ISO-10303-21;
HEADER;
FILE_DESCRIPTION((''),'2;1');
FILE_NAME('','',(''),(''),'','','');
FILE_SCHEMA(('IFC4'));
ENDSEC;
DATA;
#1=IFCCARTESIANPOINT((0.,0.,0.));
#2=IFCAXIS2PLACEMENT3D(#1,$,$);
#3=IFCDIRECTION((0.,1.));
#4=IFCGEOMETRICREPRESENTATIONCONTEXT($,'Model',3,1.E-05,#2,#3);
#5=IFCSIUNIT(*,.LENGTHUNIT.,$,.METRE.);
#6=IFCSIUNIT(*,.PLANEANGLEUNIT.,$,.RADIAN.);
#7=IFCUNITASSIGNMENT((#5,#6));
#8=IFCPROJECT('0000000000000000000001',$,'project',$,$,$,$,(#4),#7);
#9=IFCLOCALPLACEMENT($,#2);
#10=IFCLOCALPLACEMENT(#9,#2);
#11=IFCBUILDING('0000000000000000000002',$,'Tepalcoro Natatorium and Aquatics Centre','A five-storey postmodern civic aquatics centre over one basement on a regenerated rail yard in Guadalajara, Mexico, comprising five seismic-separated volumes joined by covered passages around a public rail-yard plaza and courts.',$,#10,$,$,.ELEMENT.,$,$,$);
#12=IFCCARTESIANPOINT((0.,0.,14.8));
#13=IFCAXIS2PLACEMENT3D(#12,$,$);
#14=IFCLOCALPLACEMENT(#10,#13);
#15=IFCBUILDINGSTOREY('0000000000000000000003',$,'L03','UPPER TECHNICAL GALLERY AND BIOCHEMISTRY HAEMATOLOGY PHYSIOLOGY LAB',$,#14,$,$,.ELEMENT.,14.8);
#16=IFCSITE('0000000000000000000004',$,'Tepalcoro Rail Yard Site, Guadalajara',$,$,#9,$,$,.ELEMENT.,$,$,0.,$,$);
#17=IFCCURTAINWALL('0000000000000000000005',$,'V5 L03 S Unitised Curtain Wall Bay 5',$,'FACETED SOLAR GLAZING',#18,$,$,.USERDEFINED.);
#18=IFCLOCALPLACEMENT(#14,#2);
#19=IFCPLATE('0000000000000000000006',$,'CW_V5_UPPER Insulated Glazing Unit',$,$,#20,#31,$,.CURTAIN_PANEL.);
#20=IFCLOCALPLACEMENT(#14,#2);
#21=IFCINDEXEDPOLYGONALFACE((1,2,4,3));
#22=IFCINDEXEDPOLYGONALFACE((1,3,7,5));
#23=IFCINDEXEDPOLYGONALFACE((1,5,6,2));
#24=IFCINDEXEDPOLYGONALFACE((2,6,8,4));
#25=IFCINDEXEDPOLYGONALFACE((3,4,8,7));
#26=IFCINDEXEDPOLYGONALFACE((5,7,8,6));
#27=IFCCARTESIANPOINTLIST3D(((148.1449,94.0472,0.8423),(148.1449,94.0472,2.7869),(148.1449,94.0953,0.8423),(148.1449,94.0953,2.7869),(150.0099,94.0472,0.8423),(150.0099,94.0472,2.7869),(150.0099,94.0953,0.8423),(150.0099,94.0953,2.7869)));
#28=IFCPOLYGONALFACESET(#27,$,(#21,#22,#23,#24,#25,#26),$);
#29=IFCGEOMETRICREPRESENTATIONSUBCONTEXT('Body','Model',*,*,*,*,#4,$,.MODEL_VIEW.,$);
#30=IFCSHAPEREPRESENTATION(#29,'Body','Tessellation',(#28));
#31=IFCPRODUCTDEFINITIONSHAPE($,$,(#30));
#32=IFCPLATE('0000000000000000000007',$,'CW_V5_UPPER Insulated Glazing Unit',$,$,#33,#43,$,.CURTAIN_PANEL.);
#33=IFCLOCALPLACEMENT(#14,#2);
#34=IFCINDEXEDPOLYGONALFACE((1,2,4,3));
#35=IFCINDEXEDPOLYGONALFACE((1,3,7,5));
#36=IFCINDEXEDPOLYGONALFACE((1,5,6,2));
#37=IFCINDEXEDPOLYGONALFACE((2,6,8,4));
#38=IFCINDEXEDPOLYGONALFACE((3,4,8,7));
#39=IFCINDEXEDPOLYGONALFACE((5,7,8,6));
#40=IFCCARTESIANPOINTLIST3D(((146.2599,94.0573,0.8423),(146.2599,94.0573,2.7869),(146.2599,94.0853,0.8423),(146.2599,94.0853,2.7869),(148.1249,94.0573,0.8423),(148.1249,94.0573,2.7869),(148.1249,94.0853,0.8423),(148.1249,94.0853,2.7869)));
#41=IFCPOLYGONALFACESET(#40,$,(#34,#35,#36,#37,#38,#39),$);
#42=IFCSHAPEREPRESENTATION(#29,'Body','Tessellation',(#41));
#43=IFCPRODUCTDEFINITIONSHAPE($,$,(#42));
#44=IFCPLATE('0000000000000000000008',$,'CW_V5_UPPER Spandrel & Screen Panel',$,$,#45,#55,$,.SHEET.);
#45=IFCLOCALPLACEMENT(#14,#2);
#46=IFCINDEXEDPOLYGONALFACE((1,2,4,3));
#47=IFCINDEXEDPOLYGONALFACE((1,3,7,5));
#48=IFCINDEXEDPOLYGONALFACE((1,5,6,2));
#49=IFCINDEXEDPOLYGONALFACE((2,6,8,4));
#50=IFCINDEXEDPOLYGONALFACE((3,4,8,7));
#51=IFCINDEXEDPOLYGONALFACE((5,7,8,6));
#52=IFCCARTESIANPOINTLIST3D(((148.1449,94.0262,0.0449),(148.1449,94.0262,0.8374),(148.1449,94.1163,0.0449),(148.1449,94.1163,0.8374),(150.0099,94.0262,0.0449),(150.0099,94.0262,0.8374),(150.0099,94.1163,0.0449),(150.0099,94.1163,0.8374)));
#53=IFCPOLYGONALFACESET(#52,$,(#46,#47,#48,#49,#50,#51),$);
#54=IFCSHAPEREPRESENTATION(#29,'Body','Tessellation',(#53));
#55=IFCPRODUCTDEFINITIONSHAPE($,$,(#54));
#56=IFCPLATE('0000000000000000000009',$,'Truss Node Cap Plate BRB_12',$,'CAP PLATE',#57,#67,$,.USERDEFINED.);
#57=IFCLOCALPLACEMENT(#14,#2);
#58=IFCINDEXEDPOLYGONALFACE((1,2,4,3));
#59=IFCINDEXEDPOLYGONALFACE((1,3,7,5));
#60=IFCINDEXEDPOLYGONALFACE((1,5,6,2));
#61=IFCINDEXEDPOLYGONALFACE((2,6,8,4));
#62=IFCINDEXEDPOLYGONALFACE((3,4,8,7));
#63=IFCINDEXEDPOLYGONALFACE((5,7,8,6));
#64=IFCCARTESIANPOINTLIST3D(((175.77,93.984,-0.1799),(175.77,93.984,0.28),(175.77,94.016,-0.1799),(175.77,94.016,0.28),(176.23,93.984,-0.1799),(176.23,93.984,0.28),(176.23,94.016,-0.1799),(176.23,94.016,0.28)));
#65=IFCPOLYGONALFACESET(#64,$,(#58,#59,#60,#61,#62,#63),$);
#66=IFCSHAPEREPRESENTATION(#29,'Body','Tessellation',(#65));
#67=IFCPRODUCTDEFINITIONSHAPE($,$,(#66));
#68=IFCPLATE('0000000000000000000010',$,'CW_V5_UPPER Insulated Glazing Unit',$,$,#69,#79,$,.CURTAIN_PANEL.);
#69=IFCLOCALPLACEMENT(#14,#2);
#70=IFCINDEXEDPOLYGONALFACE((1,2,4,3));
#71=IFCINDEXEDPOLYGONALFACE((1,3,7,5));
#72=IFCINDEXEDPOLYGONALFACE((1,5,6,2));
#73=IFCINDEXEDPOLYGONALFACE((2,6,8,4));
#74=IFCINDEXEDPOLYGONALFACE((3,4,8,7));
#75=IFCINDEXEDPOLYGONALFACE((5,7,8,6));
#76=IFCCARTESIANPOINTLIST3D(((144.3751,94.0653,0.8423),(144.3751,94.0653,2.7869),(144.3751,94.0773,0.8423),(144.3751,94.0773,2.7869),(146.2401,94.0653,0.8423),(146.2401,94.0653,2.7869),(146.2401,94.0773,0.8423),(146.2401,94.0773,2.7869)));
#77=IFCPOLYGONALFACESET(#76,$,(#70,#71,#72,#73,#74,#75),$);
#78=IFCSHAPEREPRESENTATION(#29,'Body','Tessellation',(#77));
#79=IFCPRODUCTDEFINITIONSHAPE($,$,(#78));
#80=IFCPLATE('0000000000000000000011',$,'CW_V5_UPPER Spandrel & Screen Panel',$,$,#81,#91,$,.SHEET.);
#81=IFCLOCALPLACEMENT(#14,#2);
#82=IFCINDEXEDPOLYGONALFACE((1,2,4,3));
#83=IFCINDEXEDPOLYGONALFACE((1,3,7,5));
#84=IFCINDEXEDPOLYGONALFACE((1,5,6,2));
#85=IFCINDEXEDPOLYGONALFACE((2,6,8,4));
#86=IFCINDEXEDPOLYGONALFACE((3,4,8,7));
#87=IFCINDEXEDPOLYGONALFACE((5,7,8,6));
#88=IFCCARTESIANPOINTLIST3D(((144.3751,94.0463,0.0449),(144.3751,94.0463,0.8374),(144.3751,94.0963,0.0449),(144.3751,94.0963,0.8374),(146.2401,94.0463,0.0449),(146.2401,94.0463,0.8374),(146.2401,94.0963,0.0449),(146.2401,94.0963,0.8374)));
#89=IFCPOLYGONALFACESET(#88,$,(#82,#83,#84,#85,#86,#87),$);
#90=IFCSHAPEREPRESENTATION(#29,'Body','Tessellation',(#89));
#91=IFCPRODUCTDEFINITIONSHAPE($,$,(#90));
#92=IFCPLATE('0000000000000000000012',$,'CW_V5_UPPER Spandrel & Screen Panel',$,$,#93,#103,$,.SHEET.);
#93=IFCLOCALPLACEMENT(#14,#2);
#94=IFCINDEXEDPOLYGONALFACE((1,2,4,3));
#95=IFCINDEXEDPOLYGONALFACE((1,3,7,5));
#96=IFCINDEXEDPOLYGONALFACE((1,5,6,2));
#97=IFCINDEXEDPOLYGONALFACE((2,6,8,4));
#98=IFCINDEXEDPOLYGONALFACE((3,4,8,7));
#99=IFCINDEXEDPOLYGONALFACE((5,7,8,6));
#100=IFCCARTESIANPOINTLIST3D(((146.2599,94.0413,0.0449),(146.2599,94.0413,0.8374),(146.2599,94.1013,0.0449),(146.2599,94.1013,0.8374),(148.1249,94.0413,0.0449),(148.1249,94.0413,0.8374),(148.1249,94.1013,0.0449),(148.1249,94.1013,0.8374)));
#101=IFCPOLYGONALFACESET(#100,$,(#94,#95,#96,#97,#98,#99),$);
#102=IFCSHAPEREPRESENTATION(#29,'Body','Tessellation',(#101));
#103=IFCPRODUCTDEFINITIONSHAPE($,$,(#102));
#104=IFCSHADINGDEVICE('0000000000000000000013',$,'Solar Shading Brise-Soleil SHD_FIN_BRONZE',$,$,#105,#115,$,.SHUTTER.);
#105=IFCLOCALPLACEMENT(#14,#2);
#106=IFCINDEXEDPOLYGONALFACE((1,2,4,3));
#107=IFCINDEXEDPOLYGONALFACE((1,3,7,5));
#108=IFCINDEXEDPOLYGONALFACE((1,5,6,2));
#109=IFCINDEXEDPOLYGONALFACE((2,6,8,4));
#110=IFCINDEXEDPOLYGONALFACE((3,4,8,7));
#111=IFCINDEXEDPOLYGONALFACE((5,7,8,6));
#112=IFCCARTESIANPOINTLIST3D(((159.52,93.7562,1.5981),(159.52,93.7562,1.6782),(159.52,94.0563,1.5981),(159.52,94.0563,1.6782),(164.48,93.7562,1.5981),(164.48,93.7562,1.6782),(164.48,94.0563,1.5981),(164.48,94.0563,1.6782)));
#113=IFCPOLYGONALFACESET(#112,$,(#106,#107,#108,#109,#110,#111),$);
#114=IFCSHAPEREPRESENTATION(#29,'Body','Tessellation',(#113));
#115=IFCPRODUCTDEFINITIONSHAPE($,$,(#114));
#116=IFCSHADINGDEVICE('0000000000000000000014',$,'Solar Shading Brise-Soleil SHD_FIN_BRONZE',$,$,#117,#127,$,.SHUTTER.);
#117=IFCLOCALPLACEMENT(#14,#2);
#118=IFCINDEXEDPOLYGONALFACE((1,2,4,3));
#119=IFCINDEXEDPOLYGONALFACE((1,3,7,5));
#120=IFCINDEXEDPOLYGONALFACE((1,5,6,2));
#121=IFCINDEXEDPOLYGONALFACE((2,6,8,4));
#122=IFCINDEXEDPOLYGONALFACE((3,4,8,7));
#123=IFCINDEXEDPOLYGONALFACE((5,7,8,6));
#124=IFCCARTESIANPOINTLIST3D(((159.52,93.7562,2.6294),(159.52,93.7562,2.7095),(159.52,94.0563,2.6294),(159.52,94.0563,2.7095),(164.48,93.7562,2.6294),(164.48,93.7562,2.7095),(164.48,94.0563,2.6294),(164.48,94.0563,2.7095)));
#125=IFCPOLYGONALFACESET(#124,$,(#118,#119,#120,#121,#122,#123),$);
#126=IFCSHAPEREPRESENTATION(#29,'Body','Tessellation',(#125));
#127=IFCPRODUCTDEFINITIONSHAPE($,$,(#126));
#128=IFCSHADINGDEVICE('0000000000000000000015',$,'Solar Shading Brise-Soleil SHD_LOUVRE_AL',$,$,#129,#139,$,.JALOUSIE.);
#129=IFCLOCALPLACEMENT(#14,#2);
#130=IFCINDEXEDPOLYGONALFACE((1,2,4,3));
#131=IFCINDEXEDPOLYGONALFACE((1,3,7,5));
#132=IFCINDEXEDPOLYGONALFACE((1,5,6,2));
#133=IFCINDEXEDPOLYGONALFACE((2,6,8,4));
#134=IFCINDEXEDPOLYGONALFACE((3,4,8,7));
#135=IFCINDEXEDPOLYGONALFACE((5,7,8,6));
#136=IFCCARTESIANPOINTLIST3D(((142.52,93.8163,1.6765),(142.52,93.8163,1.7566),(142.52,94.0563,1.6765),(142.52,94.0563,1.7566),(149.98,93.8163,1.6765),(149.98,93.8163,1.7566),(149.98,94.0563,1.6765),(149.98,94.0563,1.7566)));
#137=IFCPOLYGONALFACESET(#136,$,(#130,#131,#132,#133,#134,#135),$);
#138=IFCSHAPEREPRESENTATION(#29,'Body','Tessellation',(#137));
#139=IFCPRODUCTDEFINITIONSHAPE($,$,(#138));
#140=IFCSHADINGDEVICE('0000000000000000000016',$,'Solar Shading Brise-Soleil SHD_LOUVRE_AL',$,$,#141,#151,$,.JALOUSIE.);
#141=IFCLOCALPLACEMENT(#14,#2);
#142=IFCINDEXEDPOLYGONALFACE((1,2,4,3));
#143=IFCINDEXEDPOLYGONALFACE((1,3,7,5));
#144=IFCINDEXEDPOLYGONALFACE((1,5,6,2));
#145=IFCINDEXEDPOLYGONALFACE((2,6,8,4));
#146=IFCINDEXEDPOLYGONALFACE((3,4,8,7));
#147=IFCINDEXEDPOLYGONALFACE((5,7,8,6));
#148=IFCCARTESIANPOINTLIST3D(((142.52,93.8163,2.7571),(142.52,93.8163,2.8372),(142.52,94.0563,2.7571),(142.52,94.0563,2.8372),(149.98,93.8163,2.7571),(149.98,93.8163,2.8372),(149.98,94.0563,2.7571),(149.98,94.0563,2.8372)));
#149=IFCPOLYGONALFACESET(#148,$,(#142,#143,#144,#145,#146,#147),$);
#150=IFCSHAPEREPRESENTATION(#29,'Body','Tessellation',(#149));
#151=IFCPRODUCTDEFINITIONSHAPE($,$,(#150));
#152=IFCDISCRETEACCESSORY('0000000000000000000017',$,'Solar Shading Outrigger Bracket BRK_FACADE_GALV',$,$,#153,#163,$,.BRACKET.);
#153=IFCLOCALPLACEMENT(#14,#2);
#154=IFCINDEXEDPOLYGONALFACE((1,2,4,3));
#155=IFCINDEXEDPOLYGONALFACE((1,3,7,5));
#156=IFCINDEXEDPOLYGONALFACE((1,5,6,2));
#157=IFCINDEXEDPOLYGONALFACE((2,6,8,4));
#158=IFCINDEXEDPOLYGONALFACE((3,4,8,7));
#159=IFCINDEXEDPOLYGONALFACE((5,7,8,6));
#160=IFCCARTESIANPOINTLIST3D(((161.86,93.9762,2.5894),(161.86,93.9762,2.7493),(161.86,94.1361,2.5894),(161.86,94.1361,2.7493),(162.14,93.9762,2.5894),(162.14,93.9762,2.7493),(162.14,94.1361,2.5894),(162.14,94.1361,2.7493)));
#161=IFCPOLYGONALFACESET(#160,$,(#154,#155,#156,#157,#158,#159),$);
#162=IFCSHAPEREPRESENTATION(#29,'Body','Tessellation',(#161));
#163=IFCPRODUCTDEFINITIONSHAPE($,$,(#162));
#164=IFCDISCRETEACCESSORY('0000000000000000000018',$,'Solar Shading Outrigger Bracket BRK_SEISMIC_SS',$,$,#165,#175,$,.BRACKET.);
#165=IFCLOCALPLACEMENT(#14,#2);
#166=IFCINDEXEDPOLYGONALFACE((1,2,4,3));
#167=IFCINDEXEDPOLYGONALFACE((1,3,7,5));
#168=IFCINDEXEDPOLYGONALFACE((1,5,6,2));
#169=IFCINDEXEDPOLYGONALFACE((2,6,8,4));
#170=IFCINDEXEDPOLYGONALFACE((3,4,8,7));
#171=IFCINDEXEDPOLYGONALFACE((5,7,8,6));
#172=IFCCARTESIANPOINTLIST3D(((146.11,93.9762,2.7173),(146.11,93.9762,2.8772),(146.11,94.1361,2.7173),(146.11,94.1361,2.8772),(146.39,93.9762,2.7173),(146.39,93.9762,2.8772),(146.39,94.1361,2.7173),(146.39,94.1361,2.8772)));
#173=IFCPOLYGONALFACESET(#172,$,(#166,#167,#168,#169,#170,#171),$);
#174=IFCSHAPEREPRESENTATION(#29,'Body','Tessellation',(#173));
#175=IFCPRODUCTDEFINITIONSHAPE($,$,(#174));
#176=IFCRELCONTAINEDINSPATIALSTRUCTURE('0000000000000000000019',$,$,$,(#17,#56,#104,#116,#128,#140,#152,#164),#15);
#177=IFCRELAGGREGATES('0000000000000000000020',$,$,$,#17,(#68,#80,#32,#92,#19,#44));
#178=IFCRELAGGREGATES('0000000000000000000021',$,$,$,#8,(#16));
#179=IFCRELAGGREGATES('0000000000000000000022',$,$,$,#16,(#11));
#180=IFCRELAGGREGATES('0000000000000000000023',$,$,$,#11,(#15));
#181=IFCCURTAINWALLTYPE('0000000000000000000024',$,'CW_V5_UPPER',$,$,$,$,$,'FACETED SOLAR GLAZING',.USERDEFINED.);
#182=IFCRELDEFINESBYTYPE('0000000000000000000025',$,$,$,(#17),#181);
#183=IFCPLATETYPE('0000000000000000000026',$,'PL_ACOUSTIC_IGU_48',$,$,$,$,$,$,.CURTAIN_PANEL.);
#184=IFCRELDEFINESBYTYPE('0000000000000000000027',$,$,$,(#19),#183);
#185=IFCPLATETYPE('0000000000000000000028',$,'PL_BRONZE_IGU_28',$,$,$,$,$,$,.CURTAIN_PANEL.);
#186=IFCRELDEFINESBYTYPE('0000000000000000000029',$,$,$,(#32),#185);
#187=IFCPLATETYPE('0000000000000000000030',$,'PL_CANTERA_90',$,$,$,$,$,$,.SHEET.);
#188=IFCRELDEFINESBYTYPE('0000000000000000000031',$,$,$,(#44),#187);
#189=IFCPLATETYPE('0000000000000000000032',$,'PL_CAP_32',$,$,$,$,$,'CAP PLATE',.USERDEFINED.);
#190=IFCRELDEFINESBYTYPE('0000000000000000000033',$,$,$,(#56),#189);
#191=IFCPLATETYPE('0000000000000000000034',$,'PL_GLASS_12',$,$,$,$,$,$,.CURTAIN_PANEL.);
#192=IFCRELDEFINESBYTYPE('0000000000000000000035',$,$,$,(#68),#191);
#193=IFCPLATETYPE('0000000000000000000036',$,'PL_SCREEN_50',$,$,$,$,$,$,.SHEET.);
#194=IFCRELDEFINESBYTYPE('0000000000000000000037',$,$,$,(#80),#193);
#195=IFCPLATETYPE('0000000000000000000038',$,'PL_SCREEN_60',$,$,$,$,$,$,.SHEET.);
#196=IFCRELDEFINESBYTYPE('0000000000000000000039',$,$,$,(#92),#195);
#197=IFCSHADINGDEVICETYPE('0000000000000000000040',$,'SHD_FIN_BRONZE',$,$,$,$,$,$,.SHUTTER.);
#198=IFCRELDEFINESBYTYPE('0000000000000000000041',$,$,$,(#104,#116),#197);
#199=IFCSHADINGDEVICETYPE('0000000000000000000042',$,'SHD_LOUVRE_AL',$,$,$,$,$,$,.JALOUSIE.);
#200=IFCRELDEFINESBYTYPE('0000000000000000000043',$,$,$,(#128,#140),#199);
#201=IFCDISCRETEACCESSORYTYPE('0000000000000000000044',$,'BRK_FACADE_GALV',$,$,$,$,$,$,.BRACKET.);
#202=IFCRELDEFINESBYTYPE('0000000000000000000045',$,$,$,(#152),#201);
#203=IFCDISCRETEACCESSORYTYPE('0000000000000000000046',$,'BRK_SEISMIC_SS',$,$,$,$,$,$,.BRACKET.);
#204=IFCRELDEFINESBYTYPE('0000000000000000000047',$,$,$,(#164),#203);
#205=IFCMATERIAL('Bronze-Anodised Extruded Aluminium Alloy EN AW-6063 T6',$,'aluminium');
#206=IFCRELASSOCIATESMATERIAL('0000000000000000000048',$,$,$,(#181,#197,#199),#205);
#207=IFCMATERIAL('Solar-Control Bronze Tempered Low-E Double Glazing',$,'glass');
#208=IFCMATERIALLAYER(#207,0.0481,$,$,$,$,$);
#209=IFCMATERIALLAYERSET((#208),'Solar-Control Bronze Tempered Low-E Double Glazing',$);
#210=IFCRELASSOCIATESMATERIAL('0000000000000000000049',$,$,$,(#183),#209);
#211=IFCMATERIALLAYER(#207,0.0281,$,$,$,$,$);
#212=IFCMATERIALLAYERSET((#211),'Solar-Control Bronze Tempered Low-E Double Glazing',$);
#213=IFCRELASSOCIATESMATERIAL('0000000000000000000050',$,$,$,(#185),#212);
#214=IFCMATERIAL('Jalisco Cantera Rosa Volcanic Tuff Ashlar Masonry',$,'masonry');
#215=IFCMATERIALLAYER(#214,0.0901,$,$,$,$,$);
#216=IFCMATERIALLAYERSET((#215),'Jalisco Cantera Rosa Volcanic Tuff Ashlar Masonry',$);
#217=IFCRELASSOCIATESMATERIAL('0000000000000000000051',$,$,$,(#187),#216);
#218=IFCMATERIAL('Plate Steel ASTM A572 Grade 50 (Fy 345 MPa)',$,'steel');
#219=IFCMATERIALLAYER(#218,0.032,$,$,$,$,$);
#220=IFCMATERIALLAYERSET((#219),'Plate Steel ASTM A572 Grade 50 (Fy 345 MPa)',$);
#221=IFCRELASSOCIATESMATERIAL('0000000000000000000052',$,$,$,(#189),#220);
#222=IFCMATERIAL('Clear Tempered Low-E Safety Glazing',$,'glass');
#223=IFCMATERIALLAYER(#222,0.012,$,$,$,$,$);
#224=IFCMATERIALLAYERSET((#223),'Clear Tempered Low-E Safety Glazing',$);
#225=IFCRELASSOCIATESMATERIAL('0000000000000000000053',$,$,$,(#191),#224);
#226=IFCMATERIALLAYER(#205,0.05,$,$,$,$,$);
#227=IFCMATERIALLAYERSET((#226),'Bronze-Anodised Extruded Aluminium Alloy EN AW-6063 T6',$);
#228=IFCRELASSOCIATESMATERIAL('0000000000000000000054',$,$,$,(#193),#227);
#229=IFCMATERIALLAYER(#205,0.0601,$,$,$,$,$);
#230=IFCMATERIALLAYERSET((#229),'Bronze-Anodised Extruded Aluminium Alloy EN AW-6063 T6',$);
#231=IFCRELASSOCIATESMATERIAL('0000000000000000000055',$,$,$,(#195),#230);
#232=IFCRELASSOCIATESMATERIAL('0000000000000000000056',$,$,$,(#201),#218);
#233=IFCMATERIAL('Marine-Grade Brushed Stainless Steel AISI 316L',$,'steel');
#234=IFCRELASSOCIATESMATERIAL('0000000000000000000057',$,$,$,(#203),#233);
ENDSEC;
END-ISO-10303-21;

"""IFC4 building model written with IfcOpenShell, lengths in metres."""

from ifc_helpers import new_model, si_unit, direction, frame, origin, origin_2d, place, context, subcontext, project, spatial, rectangle, extrude, material, layer, layer_set, type_object, element, aggregate, save


model = new_model("IFC4")

# Units and contexts
model_context = context("Model", 3, precision=1e-05, world=origin(), true_north=direction((0.0, 1.0)))
body_context = subcontext(model_context, "Body", "Model", "MODEL_VIEW")
ifc_project = project(units=[si_unit("LENGTHUNIT", "METRE"), si_unit("PLANEANGLEUNIT", "RADIAN")], contexts=[model_context])

# Site, building, storey
site_placement = place(None, origin())
site = spatial("IfcSite", under=ifc_project, at=site_placement, Name="Tepalcoro Rail Yard Site, Guadalajara", CompositionType="ELEMENT", RefElevation=0.0)
building_placement = place(site_placement, origin())
building = spatial("IfcBuilding", under=site, at=building_placement, Name="Tepalcoro Natatorium and Aquatics Centre", Description="A five-storey postmodern civic aquatics centre over one basement on a regenerated rail yard in Guadalajara, Mexico, comprising five seismic-separated volumes joined by covered passages around a public rail-yard plaza and courts.", CompositionType="ELEMENT")
storey_placement = place(building_placement, frame((0.0, 0.0, 14.8)))
storey = spatial("IfcBuildingStorey", under=building, at=storey_placement, Name="L03", Description="UPPER TECHNICAL GALLERY AND BIOCHEMISTRY HAEMATOLOGY PHYSIOLOGY LAB", CompositionType="ELEMENT", Elevation=14.8)

# Curtain wall
ifc_material_1 = material(Name="Bronze-Anodised Extruded Aluminium Alloy EN AW-6063 T6", Category="aluminium")
curtain_wall_type = type_object("IfcCurtainWallType", Name="CW_V5_UPPER", ElementType="FACETED SOLAR GLAZING", PredefinedType="USERDEFINED", material=ifc_material_1)
curtain_wall_placement = place(storey_placement, origin())
curtain_wall = element("IfcCurtainWall", 1, at=curtain_wall_placement, inside=storey, type_object=curtain_wall_type, Name="V5 L03 S Unitised Curtain Wall Bay 5", ObjectType="FACETED SOLAR GLAZING", PredefinedType="USERDEFINED")

# Plates
ifc_material_2 = material(Name="Solar-Control Bronze Tempered Low-E Double Glazing", Category="glass")
ifc_layer_1 = layer(ifc_material_2, 0.0481)
ifc_layer_set_1 = layer_set([ifc_layer_1], Name="Solar-Control Bronze Tempered Low-E Double Glazing")
plate_type_1 = type_object("IfcPlateType", Name="PL_ACOUSTIC_IGU_48", PredefinedType="CURTAIN_PANEL", material=ifc_layer_set_1)
plate_1_placement = place(storey_placement, frame((149.0774, 94.0713, 0.8423), z_axis=(0.0, 0.0, 1.0), x_axis=(1.0, 0.0, 0.0)))
plate_1 = element("IfcPlate", 2, at=plate_1_placement, type_object=plate_type_1, Name="CW_V5_UPPER Insulated Glazing Unit", PredefinedType="CURTAIN_PANEL", context=body_context, shape_type="SweptSolid", body=[
    extrude(rectangle(XDim=1.865, YDim=0.0481, at=origin_2d()), origin(), (0.0, 0.0, 1.0), 1.9446),
])
ifc_layer_2 = layer(ifc_material_2, 0.0281)
ifc_layer_set_2 = layer_set([ifc_layer_2], Name="Solar-Control Bronze Tempered Low-E Double Glazing")
plate_type_2 = type_object("IfcPlateType", Name="PL_BRONZE_IGU_28", PredefinedType="CURTAIN_PANEL", material=ifc_layer_set_2)
plate_2_placement = place(storey_placement, frame((147.1924, 94.0713, 0.8423), z_axis=(0.0, 0.0, 1.0), x_axis=(1.0, 0.0, 0.0)))
plate_2 = element("IfcPlate", 3, at=plate_2_placement, type_object=plate_type_2, Name="CW_V5_UPPER Insulated Glazing Unit", PredefinedType="CURTAIN_PANEL", context=body_context, shape_type="SweptSolid", body=[
    extrude(rectangle(XDim=1.865, YDim=0.0281, at=origin_2d()), origin(), (0.0, 0.0, 1.0), 1.9446),
])
ifc_material_3 = material(Name="Jalisco Cantera Rosa Volcanic Tuff Ashlar Masonry", Category="masonry")
ifc_layer_3 = layer(ifc_material_3, 0.0901)
ifc_layer_set_3 = layer_set([ifc_layer_3], Name="Jalisco Cantera Rosa Volcanic Tuff Ashlar Masonry")
plate_type_3 = type_object("IfcPlateType", Name="PL_CANTERA_90", PredefinedType="SHEET", material=ifc_layer_set_3)
plate_3_placement = place(storey_placement, frame((149.0774, 94.0713, 0.0449), z_axis=(0.0, 0.0, 1.0), x_axis=(1.0, 0.0, 0.0)))
plate_3 = element("IfcPlate", 4, at=plate_3_placement, type_object=plate_type_3, Name="CW_V5_UPPER Spandrel & Screen Panel", PredefinedType="SHEET", context=body_context, shape_type="SweptSolid", body=[
    extrude(rectangle(XDim=1.865, YDim=0.0901, at=origin_2d()), origin(), (0.0, 0.0, 1.0), 0.7925),
])
ifc_material_4 = material(Name="Plate Steel ASTM A572 Grade 50 (Fy 345 MPa)", Category="steel")
ifc_layer_4 = layer(ifc_material_4, 0.032)
ifc_layer_set_4 = layer_set([ifc_layer_4], Name="Plate Steel ASTM A572 Grade 50 (Fy 345 MPa)")
plate_type_4 = type_object("IfcPlateType", Name="PL_CAP_32", ElementType="CAP PLATE", PredefinedType="USERDEFINED", material=ifc_layer_set_4)
plate_4_placement = place(storey_placement, frame((176.0, 94.0, -0.1799), z_axis=(0.0, 0.0, 1.0), x_axis=(1.0, 0.0, 0.0)))
element("IfcPlate", 5, at=plate_4_placement, inside=storey, type_object=plate_type_4, Name="Truss Node Cap Plate BRB_12", ObjectType="CAP PLATE", PredefinedType="USERDEFINED", context=body_context, shape_type="SweptSolid", body=[
    extrude(rectangle(XDim=0.46, YDim=0.032, at=origin_2d()), origin(), (0.0, 0.0, 1.0), 0.46),
])
ifc_material_5 = material(Name="Clear Tempered Low-E Safety Glazing", Category="glass")
ifc_layer_5 = layer(ifc_material_5, 0.012)
ifc_layer_set_5 = layer_set([ifc_layer_5], Name="Clear Tempered Low-E Safety Glazing")
plate_type_5 = type_object("IfcPlateType", Name="PL_GLASS_12", PredefinedType="CURTAIN_PANEL", material=ifc_layer_set_5)
plate_5_placement = place(storey_placement, frame((145.3076, 94.0713, 0.8423), z_axis=(0.0, 0.0, 1.0), x_axis=(1.0, 0.0, 0.0)))
plate_5 = element("IfcPlate", 6, at=plate_5_placement, type_object=plate_type_5, Name="CW_V5_UPPER Insulated Glazing Unit", PredefinedType="CURTAIN_PANEL", context=body_context, shape_type="SweptSolid", body=[
    extrude(rectangle(XDim=1.865, YDim=0.012, at=origin_2d()), origin(), (0.0, 0.0, 1.0), 1.9446),
])
ifc_layer_6 = layer(ifc_material_1, 0.05)
ifc_layer_set_6 = layer_set([ifc_layer_6], Name="Bronze-Anodised Extruded Aluminium Alloy EN AW-6063 T6")
plate_type_6 = type_object("IfcPlateType", Name="PL_SCREEN_50", PredefinedType="SHEET", material=ifc_layer_set_6)
plate_6_placement = place(storey_placement, frame((145.3076, 94.0713, 0.0449), z_axis=(0.0, 0.0, 1.0), x_axis=(1.0, 0.0, 0.0)))
plate_6 = element("IfcPlate", 7, at=plate_6_placement, type_object=plate_type_6, Name="CW_V5_UPPER Spandrel & Screen Panel", PredefinedType="SHEET", context=body_context, shape_type="SweptSolid", body=[
    extrude(rectangle(XDim=1.865, YDim=0.05, at=origin_2d()), origin(), (0.0, 0.0, 1.0), 0.7925),
])
ifc_layer_7 = layer(ifc_material_1, 0.0601)
ifc_layer_set_7 = layer_set([ifc_layer_7], Name="Bronze-Anodised Extruded Aluminium Alloy EN AW-6063 T6")
plate_type_7 = type_object("IfcPlateType", Name="PL_SCREEN_60", PredefinedType="SHEET", material=ifc_layer_set_7)
plate_7_placement = place(storey_placement, frame((147.1924, 94.0713, 0.0449), z_axis=(0.0, 0.0, 1.0), x_axis=(1.0, 0.0, 0.0)))
plate_7 = element("IfcPlate", 8, at=plate_7_placement, type_object=plate_type_7, Name="CW_V5_UPPER Spandrel & Screen Panel", PredefinedType="SHEET", context=body_context, shape_type="SweptSolid", body=[
    extrude(rectangle(XDim=1.865, YDim=0.0601, at=origin_2d()), origin(), (0.0, 0.0, 1.0), 0.7925),
])
aggregate(curtain_wall, [plate_5, plate_6, plate_2, plate_7, plate_1, plate_3])

# Shading devices
shading_device_type_1 = type_object("IfcShadingDeviceType", Name="SHD_FIN_BRONZE", PredefinedType="SHUTTER", material=ifc_material_1)
for number, where, z_axis, x_axis, name in (
    (9, (162.0, 93.9062, 1.5981), (0.0, 0.0, 1.0), (1.0, 0.0, 0.0), "Solar Shading Brise-Soleil SHD_FIN_BRONZE"),
    (10, (162.0, 93.9062, 2.6294), (0.0, 0.0, 1.0), (1.0, 0.0, 0.0), "Solar Shading Brise-Soleil SHD_FIN_BRONZE"),
):
    element("IfcShadingDevice", number, at=place(storey_placement, frame(where, z_axis=z_axis, x_axis=x_axis)), inside=storey, type_object=shading_device_type_1, Name=name, PredefinedType="SHUTTER", context=body_context, shape_type="SweptSolid", body=[
        extrude(rectangle(XDim=4.96, YDim=0.3, at=origin_2d()), origin(), (0.0, 0.0, 1.0), 0.0801),
    ])
shading_device_type_2 = type_object("IfcShadingDeviceType", Name="SHD_LOUVRE_AL", PredefinedType="JALOUSIE", material=ifc_material_1)
for number, where, z_axis, x_axis, name in (
    (11, (146.25, 93.9363, 1.6765), (0.0, 0.0, 1.0), (1.0, 0.0, 0.0), "Solar Shading Brise-Soleil SHD_LOUVRE_AL"),
    (12, (146.25, 93.9363, 2.7571), (0.0, 0.0, 1.0), (1.0, 0.0, 0.0), "Solar Shading Brise-Soleil SHD_LOUVRE_AL"),
):
    element("IfcShadingDevice", number, at=place(storey_placement, frame(where, z_axis=z_axis, x_axis=x_axis)), inside=storey, type_object=shading_device_type_2, Name=name, PredefinedType="JALOUSIE", context=body_context, shape_type="SweptSolid", body=[
        extrude(rectangle(XDim=7.46, YDim=0.24, at=origin_2d()), origin(), (0.0, 0.0, 1.0), 0.0801),
    ])

# Discrete accessories
discrete_accessory_type_1 = type_object("IfcDiscreteAccessoryType", Name="BRK_FACADE_GALV", PredefinedType="BRACKET", material=ifc_material_4)
discrete_accessory_1_placement = place(storey_placement, frame((162.0, 94.0562, 2.5894), z_axis=(0.0, 0.0, 1.0), x_axis=(1.0, 0.0, 0.0)))
element("IfcDiscreteAccessory", 13, at=discrete_accessory_1_placement, inside=storey, type_object=discrete_accessory_type_1, Name="Solar Shading Outrigger Bracket BRK_FACADE_GALV", PredefinedType="BRACKET", context=body_context, shape_type="SweptSolid", body=[
    extrude(rectangle(XDim=0.28, YDim=0.1599, at=origin_2d()), origin(), (0.0, 0.0, 1.0), 0.1599),
])
ifc_material_6 = material(Name="Marine-Grade Brushed Stainless Steel AISI 316L", Category="steel")
discrete_accessory_type_2 = type_object("IfcDiscreteAccessoryType", Name="BRK_SEISMIC_SS", PredefinedType="BRACKET", material=ifc_material_6)
discrete_accessory_2_placement = place(storey_placement, frame((146.25, 94.0562, 2.7173), z_axis=(0.0, 0.0, 1.0), x_axis=(1.0, 0.0, 0.0)))
element("IfcDiscreteAccessory", 14, at=discrete_accessory_2_placement, inside=storey, type_object=discrete_accessory_type_2, Name="Solar Shading Outrigger Bracket BRK_SEISMIC_SS", PredefinedType="BRACKET", context=body_context, shape_type="SweptSolid", body=[
    extrude(rectangle(XDim=0.28, YDim=0.1599, at=origin_2d()), origin(), (0.0, 0.0, 1.0), 0.1599),
])

save(model, "model.ifc")
